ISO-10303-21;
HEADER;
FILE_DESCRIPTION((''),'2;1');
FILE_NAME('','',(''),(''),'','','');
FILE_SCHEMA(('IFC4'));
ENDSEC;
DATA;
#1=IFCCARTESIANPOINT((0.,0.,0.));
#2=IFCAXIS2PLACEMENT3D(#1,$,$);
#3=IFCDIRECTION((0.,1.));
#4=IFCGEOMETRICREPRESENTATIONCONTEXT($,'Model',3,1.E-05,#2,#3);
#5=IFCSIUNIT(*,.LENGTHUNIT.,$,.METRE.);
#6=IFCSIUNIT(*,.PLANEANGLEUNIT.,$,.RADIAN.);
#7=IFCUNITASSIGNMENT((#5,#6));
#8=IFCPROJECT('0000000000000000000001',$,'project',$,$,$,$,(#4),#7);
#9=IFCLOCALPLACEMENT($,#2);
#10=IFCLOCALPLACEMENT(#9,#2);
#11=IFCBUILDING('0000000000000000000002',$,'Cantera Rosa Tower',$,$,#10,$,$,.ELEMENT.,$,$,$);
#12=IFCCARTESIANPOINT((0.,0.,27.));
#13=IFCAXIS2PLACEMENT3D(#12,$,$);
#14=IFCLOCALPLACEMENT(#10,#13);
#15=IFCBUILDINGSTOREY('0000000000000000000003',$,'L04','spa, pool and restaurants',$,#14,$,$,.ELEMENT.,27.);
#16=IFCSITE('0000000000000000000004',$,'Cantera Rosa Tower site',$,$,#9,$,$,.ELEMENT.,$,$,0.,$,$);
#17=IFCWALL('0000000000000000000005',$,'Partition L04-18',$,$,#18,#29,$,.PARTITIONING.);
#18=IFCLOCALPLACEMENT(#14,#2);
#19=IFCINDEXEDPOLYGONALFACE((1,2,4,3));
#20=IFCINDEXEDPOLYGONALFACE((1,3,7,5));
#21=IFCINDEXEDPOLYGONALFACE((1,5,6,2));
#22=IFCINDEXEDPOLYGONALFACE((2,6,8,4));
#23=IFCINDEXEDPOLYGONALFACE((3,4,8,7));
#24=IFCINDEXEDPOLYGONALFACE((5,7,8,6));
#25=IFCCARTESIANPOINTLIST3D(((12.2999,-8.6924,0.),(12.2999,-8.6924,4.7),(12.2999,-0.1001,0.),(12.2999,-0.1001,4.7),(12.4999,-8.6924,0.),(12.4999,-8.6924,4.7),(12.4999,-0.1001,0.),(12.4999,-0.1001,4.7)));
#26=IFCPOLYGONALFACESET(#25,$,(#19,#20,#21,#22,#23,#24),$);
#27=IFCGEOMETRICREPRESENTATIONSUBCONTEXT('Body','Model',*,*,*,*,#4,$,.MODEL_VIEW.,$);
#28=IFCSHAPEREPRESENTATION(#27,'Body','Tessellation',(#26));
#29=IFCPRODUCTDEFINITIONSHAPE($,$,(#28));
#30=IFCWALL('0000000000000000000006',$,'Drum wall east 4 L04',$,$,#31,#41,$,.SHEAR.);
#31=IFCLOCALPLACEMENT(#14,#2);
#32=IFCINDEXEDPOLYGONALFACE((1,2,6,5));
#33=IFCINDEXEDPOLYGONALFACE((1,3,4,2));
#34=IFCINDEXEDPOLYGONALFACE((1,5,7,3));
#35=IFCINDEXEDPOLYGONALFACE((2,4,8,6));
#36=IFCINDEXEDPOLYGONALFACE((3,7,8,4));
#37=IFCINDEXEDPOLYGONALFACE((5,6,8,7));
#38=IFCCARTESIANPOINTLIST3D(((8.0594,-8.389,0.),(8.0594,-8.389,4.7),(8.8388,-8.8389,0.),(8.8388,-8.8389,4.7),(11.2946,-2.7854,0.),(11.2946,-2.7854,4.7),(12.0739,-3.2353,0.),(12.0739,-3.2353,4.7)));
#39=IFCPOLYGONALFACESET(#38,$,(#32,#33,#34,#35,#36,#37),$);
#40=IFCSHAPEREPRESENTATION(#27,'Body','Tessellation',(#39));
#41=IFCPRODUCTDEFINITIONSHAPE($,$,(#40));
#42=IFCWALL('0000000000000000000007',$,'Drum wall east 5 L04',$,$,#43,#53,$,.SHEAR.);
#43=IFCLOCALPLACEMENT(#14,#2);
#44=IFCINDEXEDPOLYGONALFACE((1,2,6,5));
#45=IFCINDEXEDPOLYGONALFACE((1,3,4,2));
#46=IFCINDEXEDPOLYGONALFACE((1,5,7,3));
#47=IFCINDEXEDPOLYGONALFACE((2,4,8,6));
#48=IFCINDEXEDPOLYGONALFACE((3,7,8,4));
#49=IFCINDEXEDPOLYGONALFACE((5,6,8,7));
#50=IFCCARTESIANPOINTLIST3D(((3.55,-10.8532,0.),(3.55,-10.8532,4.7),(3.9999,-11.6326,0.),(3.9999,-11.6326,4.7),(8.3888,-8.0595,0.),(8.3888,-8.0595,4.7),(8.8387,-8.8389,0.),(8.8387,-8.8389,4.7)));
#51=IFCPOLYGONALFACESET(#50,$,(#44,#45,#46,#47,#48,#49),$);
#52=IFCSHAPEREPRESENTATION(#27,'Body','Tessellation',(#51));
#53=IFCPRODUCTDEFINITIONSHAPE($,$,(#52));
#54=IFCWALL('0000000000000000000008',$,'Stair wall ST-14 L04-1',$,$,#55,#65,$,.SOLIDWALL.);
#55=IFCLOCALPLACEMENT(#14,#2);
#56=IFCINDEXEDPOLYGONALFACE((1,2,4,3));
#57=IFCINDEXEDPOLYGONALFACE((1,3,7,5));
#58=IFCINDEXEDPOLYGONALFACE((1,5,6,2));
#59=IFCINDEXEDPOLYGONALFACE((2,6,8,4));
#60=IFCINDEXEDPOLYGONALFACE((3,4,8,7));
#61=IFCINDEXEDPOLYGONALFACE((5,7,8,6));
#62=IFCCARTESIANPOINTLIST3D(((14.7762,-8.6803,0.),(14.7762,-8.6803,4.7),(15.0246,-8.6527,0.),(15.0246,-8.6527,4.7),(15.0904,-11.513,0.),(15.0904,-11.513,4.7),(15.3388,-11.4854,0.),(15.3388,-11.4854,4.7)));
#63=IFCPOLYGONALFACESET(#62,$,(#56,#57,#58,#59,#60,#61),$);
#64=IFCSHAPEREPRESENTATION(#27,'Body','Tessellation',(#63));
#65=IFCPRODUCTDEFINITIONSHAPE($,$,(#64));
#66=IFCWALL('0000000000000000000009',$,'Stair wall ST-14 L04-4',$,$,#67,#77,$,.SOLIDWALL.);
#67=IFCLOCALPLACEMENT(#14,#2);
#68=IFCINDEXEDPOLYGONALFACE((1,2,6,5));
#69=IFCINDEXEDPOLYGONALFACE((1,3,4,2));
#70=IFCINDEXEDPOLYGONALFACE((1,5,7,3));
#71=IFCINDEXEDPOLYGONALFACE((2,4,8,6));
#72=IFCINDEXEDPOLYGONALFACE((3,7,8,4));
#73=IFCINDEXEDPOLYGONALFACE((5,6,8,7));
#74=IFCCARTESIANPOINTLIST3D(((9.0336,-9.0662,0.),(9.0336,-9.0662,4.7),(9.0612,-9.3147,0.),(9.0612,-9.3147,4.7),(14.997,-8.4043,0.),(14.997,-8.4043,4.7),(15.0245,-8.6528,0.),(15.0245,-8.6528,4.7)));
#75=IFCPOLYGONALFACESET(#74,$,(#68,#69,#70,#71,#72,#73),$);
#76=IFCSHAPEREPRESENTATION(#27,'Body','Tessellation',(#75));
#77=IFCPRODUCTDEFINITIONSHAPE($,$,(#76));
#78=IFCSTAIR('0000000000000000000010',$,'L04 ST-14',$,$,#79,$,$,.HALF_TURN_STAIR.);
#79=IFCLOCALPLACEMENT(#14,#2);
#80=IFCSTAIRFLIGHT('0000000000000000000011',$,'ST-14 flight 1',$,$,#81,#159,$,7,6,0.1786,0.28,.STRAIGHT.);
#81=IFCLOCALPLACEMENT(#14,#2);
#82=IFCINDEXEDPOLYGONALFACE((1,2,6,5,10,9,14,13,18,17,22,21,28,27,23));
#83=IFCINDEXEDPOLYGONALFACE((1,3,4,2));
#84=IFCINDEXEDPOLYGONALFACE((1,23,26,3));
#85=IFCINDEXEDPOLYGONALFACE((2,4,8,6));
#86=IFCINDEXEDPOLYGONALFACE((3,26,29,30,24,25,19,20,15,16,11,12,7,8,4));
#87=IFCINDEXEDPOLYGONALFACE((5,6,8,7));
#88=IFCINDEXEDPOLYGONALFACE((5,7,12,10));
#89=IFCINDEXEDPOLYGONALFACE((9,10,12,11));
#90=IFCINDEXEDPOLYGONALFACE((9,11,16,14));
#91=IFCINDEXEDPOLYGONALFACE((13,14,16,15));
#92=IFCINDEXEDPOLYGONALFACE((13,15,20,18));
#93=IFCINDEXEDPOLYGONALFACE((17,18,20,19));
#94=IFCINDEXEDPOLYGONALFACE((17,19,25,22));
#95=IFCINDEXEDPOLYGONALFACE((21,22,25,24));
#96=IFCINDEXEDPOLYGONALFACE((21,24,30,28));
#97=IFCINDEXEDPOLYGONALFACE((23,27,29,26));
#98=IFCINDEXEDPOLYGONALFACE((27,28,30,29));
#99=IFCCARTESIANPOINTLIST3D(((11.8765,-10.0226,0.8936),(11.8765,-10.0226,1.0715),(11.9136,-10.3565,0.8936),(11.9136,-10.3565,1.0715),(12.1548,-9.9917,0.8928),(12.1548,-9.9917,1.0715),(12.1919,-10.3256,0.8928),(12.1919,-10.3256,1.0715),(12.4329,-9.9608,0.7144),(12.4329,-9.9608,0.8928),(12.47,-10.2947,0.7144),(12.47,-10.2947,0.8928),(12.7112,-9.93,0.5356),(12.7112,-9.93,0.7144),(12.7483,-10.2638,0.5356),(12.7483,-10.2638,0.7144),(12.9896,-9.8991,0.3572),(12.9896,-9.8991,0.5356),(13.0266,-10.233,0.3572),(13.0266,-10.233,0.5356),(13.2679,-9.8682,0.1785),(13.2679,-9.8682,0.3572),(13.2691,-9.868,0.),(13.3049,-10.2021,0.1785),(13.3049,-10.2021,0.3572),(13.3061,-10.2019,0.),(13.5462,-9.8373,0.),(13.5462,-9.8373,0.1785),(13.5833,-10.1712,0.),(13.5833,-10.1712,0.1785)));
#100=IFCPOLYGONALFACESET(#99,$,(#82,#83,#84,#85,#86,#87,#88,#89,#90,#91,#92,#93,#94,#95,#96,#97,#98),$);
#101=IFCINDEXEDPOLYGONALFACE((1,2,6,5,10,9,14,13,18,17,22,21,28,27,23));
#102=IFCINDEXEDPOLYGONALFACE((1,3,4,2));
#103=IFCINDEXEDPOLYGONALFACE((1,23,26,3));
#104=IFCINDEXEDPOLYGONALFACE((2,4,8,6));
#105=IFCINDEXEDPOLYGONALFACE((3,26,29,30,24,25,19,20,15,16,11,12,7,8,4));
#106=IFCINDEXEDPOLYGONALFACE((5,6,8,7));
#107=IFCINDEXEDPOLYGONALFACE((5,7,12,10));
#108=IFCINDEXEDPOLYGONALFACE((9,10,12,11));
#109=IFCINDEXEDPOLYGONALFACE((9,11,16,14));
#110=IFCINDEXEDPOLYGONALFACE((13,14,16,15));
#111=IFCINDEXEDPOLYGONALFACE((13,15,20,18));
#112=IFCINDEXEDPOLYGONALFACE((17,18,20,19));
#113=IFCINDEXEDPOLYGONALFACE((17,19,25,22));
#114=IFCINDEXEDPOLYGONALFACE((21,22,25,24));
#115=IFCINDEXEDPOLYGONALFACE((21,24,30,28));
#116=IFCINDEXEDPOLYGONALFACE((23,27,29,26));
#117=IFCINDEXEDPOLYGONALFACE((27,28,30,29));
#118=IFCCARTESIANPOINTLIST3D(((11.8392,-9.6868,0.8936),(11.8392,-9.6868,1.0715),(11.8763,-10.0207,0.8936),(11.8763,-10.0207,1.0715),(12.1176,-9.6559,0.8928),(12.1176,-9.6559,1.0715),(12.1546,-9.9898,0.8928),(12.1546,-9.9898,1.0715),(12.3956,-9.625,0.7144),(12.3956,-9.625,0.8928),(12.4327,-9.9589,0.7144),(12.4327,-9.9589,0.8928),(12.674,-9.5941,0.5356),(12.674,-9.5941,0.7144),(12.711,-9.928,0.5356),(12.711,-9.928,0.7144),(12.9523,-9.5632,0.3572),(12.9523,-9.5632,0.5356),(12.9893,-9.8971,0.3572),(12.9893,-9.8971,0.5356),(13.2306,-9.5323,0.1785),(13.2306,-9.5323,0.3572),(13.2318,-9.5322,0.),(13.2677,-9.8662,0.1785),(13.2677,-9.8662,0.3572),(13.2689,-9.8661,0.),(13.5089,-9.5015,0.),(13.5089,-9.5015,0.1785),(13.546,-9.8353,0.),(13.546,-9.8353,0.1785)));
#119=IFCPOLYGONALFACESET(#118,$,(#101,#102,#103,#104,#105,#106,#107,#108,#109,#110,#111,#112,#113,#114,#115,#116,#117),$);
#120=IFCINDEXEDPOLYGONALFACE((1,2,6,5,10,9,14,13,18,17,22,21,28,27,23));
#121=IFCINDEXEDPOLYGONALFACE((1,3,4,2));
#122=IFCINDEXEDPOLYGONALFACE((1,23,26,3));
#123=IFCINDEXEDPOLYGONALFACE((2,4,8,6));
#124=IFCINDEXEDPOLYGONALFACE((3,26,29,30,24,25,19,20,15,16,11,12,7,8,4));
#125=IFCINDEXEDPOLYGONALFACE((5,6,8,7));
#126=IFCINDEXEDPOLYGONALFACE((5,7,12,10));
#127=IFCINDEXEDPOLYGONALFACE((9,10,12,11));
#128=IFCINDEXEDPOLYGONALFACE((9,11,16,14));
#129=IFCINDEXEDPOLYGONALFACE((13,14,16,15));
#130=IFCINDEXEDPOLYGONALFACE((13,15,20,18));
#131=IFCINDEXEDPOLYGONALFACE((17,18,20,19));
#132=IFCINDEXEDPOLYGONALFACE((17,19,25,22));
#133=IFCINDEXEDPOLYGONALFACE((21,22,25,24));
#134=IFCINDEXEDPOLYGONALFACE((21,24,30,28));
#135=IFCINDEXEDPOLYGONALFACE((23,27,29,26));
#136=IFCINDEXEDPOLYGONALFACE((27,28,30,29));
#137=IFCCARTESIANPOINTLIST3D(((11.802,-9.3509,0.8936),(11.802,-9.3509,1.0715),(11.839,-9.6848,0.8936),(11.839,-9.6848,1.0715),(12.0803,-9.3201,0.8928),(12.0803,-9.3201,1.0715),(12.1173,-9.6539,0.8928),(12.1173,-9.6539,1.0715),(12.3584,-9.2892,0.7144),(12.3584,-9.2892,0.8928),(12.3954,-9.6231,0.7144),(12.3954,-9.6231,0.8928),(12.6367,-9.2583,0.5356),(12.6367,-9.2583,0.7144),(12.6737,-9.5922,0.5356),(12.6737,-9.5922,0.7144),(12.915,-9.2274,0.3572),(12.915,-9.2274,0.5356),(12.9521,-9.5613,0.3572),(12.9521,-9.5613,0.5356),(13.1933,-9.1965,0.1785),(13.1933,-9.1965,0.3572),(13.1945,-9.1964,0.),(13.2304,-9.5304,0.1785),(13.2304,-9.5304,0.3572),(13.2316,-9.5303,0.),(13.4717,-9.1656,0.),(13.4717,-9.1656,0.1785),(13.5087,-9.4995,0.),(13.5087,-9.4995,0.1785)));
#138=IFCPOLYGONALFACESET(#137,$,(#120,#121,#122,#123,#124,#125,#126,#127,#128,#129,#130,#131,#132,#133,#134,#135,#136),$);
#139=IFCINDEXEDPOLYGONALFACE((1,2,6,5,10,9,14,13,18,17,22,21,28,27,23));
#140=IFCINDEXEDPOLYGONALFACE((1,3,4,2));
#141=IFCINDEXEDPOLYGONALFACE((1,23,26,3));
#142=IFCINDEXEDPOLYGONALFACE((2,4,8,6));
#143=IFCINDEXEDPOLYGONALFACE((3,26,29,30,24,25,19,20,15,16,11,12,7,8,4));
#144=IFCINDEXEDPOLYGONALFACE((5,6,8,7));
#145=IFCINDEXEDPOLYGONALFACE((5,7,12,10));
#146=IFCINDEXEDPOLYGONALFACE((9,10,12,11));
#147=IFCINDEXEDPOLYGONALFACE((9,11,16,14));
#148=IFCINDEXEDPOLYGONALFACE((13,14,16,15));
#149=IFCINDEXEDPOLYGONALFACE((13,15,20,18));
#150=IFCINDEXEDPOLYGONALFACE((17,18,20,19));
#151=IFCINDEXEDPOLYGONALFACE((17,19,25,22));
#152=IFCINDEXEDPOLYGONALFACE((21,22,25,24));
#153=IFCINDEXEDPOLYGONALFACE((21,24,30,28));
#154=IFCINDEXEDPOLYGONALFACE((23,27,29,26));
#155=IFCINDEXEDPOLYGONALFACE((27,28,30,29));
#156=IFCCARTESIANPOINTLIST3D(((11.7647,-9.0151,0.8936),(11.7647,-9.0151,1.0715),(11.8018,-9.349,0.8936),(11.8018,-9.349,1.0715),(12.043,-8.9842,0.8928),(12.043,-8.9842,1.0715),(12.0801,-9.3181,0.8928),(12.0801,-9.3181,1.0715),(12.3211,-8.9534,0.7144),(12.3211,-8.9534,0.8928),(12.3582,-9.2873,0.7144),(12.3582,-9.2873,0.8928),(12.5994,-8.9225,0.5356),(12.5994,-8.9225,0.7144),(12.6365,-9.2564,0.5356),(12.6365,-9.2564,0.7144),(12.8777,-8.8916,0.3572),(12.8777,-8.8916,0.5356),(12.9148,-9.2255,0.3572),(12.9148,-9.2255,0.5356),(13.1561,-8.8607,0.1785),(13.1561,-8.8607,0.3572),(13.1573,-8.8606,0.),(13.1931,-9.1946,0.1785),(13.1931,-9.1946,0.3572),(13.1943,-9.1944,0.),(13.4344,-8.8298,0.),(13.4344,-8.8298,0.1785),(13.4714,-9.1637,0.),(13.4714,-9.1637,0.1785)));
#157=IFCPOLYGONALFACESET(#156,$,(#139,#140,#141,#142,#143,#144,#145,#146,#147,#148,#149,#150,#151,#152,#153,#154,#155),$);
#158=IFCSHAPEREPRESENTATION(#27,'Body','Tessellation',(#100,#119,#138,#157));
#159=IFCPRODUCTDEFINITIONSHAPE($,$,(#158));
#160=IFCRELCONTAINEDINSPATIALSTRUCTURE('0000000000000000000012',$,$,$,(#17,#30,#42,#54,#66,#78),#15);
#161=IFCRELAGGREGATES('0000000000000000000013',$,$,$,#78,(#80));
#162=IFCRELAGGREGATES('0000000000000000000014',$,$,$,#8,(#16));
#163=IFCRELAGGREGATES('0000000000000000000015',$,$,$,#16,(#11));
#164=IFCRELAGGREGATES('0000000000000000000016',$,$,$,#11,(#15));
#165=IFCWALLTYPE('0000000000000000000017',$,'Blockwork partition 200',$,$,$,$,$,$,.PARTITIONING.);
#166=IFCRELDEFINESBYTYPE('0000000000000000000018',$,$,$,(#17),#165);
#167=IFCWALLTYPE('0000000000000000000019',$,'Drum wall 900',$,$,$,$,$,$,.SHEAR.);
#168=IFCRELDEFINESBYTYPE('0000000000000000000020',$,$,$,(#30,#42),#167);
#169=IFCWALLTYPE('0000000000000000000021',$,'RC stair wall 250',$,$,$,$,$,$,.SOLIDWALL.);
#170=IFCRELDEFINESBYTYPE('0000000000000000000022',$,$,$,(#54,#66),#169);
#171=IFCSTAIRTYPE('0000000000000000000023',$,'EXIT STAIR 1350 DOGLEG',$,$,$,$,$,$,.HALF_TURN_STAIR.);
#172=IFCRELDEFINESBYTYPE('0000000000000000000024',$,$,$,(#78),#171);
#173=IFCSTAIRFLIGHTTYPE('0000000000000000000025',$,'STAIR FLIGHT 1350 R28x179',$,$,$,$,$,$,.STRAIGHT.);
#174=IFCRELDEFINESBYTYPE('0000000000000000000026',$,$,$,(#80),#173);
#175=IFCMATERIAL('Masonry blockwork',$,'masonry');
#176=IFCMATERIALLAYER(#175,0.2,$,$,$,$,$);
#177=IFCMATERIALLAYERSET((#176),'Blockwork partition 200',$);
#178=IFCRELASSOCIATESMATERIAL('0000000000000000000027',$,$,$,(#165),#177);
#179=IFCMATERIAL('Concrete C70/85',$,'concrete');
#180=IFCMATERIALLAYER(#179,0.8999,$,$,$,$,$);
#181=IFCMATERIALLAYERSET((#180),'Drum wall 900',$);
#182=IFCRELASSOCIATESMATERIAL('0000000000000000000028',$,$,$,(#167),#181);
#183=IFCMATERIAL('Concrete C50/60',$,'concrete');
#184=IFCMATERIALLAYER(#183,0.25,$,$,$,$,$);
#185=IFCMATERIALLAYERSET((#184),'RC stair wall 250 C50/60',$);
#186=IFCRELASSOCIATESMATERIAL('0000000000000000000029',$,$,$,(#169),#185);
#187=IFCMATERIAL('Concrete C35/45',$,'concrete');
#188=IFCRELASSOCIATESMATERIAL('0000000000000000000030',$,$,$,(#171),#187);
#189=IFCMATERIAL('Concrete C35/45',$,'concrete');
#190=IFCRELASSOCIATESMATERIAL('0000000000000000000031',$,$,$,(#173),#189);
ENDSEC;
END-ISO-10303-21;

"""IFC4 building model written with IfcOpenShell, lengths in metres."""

from ifc_helpers import new_model, si_unit, direction, frame, frame_2d, origin, place, context, subcontext, project, spatial, polyline, rectangle, outline, extrude, material, layer, layer_set, type_object, element, aggregate, save


model = new_model("IFC4")

# Units and contexts
model_context = context("Model", 3, precision=1e-05, world=origin(), true_north=direction((0.0, 1.0)))
body_context = subcontext(model_context, "Body", "Model", "MODEL_VIEW")
ifc_project = project(units=[si_unit("LENGTHUNIT", "METRE"), si_unit("PLANEANGLEUNIT", "RADIAN")], contexts=[model_context])

# Site, building, storey
site_placement = place(None, origin())
site = spatial("IfcSite", under=ifc_project, at=site_placement, Name="Cantera Rosa Tower site", CompositionType="ELEMENT", RefElevation=0.0)
building_placement = place(site_placement, origin())
building = spatial("IfcBuilding", under=site, at=building_placement, Name="Cantera Rosa Tower", CompositionType="ELEMENT")
storey_placement = place(building_placement, frame((0.0, 0.0, 27.0)))
storey = spatial("IfcBuildingStorey", under=building, at=storey_placement, Name="L04", Description="spa, pool and restaurants", CompositionType="ELEMENT", Elevation=27.0)

# Walls
ifc_material_1 = material(Name="Masonry blockwork", Category="masonry")
ifc_layer_1 = layer(ifc_material_1, 0.2)
ifc_layer_set_1 = layer_set([ifc_layer_1], Name="Blockwork partition 200")
wall_type_1 = type_object("IfcWallType", Name="Blockwork partition 200", PredefinedType="PARTITIONING", material=ifc_layer_set_1)
wall_1_placement = place(storey_placement, frame((12.3999, -8.6924, 0.0), z_axis=(0.0, 0.0, 1.0), x_axis=(0.0, 1.0, 0.0)))
element("IfcWall", 1, at=wall_1_placement, inside=storey, type_object=wall_type_1, Name="Partition L04-18", PredefinedType="PARTITIONING", context=body_context, shape_type="SweptSolid", body=[
    extrude(rectangle(XDim=8.5923, YDim=0.2, at=frame_2d((4.2961, 0.0))), origin(), (0.0, 0.0, 1.0), 4.7),
])
ifc_material_2 = material(Name="Concrete C70/85", Category="concrete")
ifc_layer_2 = layer(ifc_material_2, 0.8999)
ifc_layer_set_2 = layer_set([ifc_layer_2], Name="Drum wall 900")
wall_type_2 = type_object("IfcWallType", Name="Drum wall 900", PredefinedType="SHEAR", material=ifc_layer_set_2)
wall_2_placement = place(storey_placement, frame((11.6843, -3.0103, 0.0), z_axis=(0.0, 0.0, 1.0), x_axis=(-0.49999, -0.866031, 0.0)))
element("IfcWall", 2, at=wall_2_placement, inside=storey, type_object=wall_type_2, Name="Drum wall east 4 L04", PredefinedType="SHEAR", context=body_context, shape_type="SweptSolid", body=[
    extrude(rectangle(XDim=6.4705, YDim=0.8999, at=frame_2d((3.2354, 0.0))), origin(), (0.0, 0.0, 1.0), 4.7),
])
wall_3_placement = place(storey_placement, frame((8.6138, -8.4492, 0.0), z_axis=(0.0, 0.0, 1.0), x_axis=(-0.866027, -0.499997, 0.0)))
element("IfcWall", 3, at=wall_3_placement, inside=storey, type_object=wall_type_2, Name="Drum wall east 5 L04", PredefinedType="SHEAR", context=body_context, shape_type="SweptSolid", body=[
    extrude(rectangle(XDim=5.5874, YDim=0.8999, at=frame_2d((2.7937, 0.0))), origin(), (0.0, 0.0, 1.0), 4.7),
])
ifc_material_3 = material(Name="Concrete C50/60", Category="concrete")
ifc_layer_3 = layer(ifc_material_3, 0.25)
ifc_layer_set_3 = layer_set([ifc_layer_3], Name="RC stair wall 250 C50/60")
wall_type_3 = type_object("IfcWallType", Name="RC stair wall 250", PredefinedType="SOLIDWALL", material=ifc_layer_set_3)
wall_4_placement = place(storey_placement, frame((14.9004, -8.6665, 0.0), z_axis=(0.0, 0.0, 1.0), x_axis=(0.110243, -0.993905, 0.0)))
element("IfcWall", 4, at=wall_4_placement, inside=storey, type_object=wall_type_3, Name="Stair wall ST-14 L04-1", PredefinedType="SOLIDWALL", context=body_context, shape_type="SweptSolid", body=[
    extrude(rectangle(XDim=2.8501, YDim=0.25, at=frame_2d((1.425, 0.0))), origin(), (0.0, 0.0, 1.0), 4.7),
])
wall_5_placement = place(storey_placement, frame((9.0474, -9.1904, 0.0), z_axis=(0.0, 0.0, 1.0), x_axis=(0.993897, 0.110311, 0.0)))
element("IfcWall", 5, at=wall_5_placement, inside=storey, type_object=wall_type_3, Name="Stair wall ST-14 L04-4", PredefinedType="SOLIDWALL", context=body_context, shape_type="SweptSolid", body=[
    extrude(rectangle(XDim=6.0, YDim=0.25, at=frame_2d((3.0, 0.0))), origin(), (0.0, 0.0, 1.0), 4.7),
])

# Stair, stair flight
ifc_material_4 = material(Name="Concrete C35/45", Category="concrete")
stair_type = type_object("IfcStairType", Name="EXIT STAIR 1350 DOGLEG", PredefinedType="HALF_TURN_STAIR", material=ifc_material_4)
stair_placement = place(storey_placement, origin())
stair = element("IfcStair", 6, at=stair_placement, inside=storey, type_object=stair_type, Name="L04 ST-14", PredefinedType="HALF_TURN_STAIR")
ifc_material_5 = material(Name="Concrete C35/45", Category="concrete")
stair_flight_type = type_object("IfcStairFlightType", Name="STAIR FLIGHT 1350 R28x179", PredefinedType="STRAIGHT", material=ifc_material_5)
stair_flight_1_placement = place(storey_placement, frame((13.5088, -9.5002, 0.0), z_axis=(0.0, 0.0, 1.0), x_axis=(-0.993897, -0.110313, 0.0)))
stair_flight_1 = element("IfcStairFlight", 7, at=stair_flight_1_placement, type_object=stair_flight_type, Name="ST-14 flight 1", NumberOfRisers=7, NumberOfTreads=6, PredefinedType="STRAIGHT", RiserHeight=0.1786, TreadLength=0.28, context=body_context, shape_type="SweptSolid", body=[
    extrude(outline(polyline([(0.0, 0.0), (0.0, 0.1785), (0.28, 0.1785), (0.28, 0.3572), (0.5601, 0.3572), (0.5601, 0.5356), (0.8401, 0.5356), (0.8401, 0.7144), (1.1201, 0.7144), (1.1201, 0.8928), (1.3999, 0.8928), (1.3999, 1.0715), (1.6799, 1.0715), (1.6799, 1.25), (1.6799, 0.8936), (0.2788, 0.0), (0.0, 0.0)])), frame((0.0, 0.675, 0.0), z_axis=(0.0, -1.0, 0.0), x_axis=(1.0, 0.0, 0.0)), (0.0, 0.0, 1.0), 0.3359),
    extrude(outline(polyline([(0.0, 0.0), (0.0, 0.1785), (0.28, 0.1785), (0.28, 0.3572), (0.5601, 0.3572), (0.5601, 0.5356), (0.8401, 0.5356), (0.8401, 0.7144), (1.1201, 0.7144), (1.1201, 0.8928), (1.3999, 0.8928), (1.3999, 1.0715), (1.6799, 1.0715), (1.6799, 1.25), (1.6799, 0.8936), (0.2788, 0.0), (0.0, 0.0)])), frame((0.0, 0.3372, 0.0), z_axis=(0.0, -1.0, 0.0), x_axis=(1.0, 0.0, 0.0)), (0.0, 0.0, 1.0), 0.3359),
    extrude(outline(polyline([(0.0, 0.0), (0.0, 0.1785), (0.28, 0.1785), (0.28, 0.3572), (0.5601, 0.3572), (0.5601, 0.5356), (0.8401, 0.5356), (0.8401, 0.7144), (1.1201, 0.7144), (1.1201, 0.8928), (1.3999, 0.8928), (1.3999, 1.0715), (1.6799, 1.0715), (1.6799, 1.25), (1.6799, 0.8936), (0.2788, 0.0), (0.0, 0.0)])), frame((0.0, -0.0007, 0.0), z_axis=(0.0, -1.0, 0.0), x_axis=(1.0, 0.0, 0.0)), (0.0, 0.0, 1.0), 0.3359),
    extrude(outline(polyline([(0.0, 0.0), (0.0, 0.1785), (0.28, 0.1785), (0.28, 0.3572), (0.5601, 0.3572), (0.5601, 0.5356), (0.8401, 0.5356), (0.8401, 0.7144), (1.1201, 0.7144), (1.1201, 0.8928), (1.3999, 0.8928), (1.3999, 1.0715), (1.6799, 1.0715), (1.6799, 1.25), (1.6799, 0.8936), (0.2788, 0.0), (0.0, 0.0)])), frame((0.0, -0.3386, 0.0), z_axis=(0.0, -1.0, 0.0), x_axis=(1.0, 0.0, 0.0)), (0.0, 0.0, 1.0), 0.3359),
])
aggregate(stair, [stair_flight_1])

save(model, "model.ifc")
